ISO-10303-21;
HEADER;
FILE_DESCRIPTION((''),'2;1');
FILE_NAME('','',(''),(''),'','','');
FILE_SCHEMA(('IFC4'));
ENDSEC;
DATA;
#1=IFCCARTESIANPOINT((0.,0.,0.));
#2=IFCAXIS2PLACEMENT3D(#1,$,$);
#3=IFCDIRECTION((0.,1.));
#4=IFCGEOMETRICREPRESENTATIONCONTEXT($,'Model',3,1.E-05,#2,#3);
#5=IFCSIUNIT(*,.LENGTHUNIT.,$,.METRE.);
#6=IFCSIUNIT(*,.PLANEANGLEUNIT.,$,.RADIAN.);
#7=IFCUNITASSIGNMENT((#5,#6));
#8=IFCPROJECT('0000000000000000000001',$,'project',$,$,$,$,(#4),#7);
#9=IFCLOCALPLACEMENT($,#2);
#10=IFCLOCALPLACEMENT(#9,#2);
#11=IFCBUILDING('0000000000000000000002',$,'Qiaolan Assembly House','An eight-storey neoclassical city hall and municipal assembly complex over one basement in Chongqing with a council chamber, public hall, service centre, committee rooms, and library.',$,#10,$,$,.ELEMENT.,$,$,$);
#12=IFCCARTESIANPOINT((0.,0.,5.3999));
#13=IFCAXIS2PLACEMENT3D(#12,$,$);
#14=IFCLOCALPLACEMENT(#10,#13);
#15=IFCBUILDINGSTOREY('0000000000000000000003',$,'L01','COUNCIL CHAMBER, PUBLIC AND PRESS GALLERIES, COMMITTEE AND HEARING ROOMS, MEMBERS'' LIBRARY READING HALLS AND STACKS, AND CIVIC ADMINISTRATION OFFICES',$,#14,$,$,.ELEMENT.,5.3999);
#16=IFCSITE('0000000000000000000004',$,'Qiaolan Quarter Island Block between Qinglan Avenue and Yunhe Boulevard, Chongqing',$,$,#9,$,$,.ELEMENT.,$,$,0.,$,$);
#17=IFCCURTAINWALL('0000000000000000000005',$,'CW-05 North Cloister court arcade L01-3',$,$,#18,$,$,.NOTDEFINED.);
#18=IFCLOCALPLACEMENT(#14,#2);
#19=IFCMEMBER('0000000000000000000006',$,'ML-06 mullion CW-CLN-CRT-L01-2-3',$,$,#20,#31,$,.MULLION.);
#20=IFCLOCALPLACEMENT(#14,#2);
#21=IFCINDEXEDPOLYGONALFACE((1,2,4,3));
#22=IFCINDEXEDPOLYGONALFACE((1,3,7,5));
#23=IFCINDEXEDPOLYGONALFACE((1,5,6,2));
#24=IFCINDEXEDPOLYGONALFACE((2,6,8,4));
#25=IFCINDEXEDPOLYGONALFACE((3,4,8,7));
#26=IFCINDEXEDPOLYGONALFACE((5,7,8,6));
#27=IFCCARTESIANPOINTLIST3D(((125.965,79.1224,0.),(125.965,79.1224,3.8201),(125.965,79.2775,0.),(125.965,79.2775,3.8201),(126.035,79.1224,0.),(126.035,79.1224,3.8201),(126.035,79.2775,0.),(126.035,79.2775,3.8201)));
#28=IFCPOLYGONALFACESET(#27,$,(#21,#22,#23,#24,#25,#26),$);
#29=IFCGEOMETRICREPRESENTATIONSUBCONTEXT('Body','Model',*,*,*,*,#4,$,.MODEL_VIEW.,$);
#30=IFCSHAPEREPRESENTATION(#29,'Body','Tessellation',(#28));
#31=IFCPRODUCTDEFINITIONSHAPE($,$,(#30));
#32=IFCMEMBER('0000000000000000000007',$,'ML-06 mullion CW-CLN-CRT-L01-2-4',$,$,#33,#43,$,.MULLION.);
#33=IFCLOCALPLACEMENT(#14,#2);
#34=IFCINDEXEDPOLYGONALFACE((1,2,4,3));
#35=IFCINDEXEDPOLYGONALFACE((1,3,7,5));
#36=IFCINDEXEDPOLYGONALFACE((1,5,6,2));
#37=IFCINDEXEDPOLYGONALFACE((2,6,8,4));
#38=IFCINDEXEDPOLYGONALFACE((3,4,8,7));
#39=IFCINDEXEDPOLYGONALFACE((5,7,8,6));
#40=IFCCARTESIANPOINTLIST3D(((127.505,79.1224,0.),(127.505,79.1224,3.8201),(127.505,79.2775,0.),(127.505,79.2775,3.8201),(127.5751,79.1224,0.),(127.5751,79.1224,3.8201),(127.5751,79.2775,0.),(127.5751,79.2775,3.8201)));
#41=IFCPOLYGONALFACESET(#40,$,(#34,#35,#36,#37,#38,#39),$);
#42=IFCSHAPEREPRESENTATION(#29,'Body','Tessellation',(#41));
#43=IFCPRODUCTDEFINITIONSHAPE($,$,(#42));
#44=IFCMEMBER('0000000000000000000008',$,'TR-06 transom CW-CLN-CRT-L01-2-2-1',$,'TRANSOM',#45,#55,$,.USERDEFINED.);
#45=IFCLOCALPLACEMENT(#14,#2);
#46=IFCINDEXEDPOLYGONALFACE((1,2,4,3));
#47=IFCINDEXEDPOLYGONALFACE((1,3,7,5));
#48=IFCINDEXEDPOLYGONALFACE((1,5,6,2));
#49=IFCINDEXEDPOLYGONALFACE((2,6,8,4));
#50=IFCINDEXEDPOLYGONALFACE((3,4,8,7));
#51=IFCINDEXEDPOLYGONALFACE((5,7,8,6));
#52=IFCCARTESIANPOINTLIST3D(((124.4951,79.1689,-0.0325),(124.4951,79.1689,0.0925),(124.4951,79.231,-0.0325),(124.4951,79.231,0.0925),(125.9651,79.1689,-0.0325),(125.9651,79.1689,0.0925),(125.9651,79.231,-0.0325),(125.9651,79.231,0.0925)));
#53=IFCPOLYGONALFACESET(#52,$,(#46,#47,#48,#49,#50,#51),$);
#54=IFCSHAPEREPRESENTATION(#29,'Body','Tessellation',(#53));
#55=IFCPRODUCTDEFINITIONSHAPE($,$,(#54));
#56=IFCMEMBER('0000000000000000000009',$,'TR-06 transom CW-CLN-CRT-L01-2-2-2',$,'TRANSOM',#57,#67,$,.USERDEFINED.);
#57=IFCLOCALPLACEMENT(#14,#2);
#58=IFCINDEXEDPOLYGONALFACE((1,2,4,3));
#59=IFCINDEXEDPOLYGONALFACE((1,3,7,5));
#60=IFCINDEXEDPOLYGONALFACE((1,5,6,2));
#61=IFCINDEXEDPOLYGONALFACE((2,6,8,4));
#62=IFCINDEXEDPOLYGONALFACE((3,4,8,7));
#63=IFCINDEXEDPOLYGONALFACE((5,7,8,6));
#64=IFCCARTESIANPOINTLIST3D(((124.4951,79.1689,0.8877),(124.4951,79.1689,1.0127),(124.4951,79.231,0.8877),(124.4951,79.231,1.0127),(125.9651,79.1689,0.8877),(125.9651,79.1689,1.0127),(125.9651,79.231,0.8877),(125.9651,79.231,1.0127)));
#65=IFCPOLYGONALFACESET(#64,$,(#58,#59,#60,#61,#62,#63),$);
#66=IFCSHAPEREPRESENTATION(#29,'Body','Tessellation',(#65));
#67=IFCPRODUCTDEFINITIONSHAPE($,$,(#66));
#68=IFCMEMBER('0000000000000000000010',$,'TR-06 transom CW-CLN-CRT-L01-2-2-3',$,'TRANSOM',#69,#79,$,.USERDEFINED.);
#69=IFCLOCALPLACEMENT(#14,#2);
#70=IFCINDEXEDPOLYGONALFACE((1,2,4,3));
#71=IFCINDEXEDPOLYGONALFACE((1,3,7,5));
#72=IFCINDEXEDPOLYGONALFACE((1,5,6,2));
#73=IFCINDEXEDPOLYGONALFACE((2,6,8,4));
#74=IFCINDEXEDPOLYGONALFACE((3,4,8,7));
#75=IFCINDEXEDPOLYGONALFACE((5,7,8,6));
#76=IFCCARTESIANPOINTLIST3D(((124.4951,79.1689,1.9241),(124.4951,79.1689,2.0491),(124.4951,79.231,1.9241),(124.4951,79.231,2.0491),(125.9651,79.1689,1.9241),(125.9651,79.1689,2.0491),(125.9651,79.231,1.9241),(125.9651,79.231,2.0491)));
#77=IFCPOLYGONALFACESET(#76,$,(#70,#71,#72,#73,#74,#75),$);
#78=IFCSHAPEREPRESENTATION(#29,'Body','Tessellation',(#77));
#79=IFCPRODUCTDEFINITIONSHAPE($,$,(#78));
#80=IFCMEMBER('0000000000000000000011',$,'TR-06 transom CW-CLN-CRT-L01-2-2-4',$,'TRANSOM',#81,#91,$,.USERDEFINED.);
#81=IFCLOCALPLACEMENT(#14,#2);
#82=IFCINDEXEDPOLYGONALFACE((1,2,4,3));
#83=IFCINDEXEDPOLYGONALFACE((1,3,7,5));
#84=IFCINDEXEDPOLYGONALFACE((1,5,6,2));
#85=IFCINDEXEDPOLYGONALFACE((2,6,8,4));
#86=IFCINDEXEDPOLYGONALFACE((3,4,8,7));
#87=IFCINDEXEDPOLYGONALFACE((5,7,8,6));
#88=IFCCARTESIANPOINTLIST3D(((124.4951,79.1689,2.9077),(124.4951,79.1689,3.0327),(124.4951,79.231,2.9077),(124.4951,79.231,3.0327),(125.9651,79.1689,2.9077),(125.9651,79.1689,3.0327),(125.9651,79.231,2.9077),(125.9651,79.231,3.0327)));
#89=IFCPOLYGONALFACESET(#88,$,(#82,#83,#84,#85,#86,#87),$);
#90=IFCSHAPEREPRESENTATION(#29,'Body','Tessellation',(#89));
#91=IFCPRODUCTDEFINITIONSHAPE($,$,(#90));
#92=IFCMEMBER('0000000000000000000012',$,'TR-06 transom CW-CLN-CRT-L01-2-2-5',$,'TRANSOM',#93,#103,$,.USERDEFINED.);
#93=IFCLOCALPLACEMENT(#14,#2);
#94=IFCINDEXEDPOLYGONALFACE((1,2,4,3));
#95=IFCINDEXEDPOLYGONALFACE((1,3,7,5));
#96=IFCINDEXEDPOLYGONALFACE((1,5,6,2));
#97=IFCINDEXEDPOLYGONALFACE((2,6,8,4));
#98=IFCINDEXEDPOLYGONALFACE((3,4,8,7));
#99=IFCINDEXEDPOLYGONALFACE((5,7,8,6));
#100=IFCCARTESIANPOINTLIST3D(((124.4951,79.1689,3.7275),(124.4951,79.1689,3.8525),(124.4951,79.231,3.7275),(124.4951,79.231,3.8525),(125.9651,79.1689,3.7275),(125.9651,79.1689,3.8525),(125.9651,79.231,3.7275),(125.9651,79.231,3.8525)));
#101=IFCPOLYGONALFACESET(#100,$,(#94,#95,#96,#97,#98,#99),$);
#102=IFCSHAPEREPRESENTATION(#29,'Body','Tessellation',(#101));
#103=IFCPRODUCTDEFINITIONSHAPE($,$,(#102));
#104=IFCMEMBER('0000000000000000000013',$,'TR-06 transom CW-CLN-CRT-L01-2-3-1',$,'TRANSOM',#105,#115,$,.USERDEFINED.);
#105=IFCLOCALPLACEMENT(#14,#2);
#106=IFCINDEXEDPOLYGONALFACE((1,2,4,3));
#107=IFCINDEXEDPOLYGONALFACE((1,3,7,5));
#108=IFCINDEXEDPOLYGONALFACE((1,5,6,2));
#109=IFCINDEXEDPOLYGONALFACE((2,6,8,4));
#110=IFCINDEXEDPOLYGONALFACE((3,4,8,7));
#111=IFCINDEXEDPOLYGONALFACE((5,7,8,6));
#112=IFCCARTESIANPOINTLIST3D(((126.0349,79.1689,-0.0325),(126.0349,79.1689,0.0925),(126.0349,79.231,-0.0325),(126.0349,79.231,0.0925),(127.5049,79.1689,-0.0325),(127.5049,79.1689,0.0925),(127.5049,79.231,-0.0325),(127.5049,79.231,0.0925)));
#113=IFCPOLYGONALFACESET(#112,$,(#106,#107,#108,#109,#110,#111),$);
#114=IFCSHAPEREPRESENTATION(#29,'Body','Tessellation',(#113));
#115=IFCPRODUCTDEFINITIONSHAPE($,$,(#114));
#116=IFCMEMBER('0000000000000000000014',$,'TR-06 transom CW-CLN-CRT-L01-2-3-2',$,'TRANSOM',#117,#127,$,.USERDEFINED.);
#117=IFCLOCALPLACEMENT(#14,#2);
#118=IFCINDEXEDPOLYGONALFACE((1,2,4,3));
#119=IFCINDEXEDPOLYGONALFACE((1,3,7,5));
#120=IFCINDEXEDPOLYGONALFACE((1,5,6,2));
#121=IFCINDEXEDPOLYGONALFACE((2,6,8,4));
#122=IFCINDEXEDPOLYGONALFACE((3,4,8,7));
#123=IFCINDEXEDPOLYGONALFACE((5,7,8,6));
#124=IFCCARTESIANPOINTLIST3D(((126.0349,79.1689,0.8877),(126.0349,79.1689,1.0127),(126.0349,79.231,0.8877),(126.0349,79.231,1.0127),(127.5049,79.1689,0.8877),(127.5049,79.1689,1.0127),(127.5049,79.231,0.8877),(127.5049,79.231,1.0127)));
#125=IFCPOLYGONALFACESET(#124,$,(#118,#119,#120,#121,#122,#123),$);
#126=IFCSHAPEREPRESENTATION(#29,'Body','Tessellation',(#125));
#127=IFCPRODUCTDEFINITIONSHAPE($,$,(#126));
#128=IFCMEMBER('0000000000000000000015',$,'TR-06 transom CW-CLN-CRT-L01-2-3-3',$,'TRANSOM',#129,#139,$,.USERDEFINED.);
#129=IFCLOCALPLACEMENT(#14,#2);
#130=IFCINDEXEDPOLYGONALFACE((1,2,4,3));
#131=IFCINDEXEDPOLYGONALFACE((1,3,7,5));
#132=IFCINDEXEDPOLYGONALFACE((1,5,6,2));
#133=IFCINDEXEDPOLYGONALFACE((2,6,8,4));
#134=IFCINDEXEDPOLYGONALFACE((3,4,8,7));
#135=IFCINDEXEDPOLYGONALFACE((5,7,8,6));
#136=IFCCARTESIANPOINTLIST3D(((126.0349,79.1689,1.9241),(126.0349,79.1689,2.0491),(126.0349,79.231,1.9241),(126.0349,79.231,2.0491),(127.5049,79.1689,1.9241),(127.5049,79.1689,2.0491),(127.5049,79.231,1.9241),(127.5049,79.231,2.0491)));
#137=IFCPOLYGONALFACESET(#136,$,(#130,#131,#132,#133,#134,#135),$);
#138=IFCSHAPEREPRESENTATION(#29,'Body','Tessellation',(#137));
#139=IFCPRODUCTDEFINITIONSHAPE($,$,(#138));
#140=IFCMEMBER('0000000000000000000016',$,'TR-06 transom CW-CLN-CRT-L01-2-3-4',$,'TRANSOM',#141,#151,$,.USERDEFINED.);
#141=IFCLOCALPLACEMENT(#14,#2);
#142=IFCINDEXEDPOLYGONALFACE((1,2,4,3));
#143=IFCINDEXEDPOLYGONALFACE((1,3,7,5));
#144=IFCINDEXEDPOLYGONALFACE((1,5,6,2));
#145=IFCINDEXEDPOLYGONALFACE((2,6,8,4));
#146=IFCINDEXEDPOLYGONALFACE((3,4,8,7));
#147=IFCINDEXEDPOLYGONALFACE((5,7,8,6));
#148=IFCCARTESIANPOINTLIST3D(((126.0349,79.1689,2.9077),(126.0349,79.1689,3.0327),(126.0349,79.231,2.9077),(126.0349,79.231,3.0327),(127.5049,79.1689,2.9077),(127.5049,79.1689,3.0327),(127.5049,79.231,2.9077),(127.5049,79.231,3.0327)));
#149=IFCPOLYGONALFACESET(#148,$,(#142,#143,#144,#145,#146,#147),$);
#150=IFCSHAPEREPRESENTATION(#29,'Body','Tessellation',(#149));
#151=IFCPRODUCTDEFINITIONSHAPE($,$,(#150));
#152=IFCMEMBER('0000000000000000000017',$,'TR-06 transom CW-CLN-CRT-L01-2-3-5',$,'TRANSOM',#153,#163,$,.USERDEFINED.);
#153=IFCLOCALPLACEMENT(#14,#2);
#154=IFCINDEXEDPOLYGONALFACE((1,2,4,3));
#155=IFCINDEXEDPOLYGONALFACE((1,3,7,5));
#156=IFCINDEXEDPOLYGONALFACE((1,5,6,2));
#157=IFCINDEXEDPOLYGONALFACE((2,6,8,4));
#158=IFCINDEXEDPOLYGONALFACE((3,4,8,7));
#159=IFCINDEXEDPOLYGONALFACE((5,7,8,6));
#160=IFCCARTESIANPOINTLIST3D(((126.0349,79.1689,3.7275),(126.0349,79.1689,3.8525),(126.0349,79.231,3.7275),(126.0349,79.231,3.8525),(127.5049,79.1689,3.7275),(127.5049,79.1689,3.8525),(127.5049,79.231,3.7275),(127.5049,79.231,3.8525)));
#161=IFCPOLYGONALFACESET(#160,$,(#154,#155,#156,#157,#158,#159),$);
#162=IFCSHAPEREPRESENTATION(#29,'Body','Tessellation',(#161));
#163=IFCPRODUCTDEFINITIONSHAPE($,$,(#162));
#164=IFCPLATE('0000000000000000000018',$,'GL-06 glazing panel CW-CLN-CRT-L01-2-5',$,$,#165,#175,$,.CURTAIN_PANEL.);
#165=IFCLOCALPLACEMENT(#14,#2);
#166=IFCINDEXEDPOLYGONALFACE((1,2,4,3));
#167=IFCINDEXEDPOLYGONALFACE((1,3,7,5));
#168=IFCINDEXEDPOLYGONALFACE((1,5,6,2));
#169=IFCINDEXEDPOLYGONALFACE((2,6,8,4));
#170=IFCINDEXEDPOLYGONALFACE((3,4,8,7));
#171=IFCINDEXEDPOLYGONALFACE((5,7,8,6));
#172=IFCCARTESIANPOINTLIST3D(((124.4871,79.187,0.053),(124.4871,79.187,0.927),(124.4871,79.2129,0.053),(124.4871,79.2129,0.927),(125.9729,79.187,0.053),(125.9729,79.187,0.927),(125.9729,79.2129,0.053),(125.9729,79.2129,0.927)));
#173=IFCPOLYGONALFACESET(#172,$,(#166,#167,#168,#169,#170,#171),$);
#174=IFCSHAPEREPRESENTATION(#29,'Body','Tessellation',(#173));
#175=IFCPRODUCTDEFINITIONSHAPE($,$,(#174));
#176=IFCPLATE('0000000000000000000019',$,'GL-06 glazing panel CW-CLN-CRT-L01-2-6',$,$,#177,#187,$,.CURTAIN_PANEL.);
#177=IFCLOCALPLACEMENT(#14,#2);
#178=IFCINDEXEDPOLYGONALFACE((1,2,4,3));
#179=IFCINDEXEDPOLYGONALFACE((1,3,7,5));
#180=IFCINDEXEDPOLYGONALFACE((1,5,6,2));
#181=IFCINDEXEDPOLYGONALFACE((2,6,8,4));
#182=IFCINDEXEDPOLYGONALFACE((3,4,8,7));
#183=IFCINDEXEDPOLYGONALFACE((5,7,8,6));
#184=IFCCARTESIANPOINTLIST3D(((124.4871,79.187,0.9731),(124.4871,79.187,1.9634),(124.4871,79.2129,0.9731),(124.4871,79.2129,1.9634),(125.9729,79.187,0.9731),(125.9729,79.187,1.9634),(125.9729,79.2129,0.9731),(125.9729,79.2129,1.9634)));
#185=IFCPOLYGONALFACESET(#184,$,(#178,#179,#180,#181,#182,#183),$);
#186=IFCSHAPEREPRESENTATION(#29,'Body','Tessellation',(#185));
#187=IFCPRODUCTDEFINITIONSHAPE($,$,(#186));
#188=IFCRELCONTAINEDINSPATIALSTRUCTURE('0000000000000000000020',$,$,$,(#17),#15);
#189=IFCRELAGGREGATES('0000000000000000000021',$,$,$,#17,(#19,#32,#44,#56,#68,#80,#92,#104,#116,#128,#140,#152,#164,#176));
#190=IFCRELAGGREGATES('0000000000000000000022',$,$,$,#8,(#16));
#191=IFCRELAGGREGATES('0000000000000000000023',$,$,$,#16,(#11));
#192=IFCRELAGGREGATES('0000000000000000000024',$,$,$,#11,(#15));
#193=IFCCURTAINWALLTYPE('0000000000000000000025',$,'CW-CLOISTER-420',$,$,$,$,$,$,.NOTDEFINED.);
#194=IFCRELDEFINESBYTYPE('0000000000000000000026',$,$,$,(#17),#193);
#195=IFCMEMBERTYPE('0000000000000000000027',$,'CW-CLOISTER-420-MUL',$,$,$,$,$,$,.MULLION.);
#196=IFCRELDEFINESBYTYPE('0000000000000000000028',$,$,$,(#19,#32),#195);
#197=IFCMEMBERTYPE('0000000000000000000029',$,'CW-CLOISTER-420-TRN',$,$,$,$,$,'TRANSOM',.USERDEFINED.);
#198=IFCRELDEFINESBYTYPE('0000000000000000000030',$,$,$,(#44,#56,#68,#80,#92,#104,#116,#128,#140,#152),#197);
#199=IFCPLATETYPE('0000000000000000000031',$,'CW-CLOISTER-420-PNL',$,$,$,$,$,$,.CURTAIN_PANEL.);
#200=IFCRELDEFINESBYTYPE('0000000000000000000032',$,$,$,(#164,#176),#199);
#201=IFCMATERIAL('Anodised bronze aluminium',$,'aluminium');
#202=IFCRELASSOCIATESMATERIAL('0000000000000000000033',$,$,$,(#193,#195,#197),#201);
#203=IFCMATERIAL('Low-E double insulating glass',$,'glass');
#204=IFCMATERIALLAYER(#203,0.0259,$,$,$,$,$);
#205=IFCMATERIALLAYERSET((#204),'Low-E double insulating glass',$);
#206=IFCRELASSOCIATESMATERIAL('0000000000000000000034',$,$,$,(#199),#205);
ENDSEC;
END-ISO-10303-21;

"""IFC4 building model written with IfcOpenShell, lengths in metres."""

from ifc_helpers import new_model, si_unit, direction, frame, frame_2d, origin, origin_2d, place, context, subcontext, project, spatial, rectangle, extrude, material, layer, layer_set, material_profile, profile_set, type_object, element, aggregate, save


model = new_model("IFC4")

# Units and contexts
model_context = context("Model", 3, precision=1e-05, world=origin(), true_north=direction((0.0, 1.0)))
body_context = subcontext(model_context, "Body", "Model", "MODEL_VIEW")
ifc_project = project(units=[si_unit("LENGTHUNIT", "METRE"), si_unit("PLANEANGLEUNIT", "RADIAN")], contexts=[model_context])

# Site, building, storey
site_placement = place(None, origin())
site = spatial("IfcSite", under=ifc_project, at=site_placement, Name="Qiaolan Quarter Island Block between Qinglan Avenue and Yunhe Boulevard, Chongqing", CompositionType="ELEMENT", RefElevation=0.0)
building_placement = place(site_placement, origin())
building = spatial("IfcBuilding", under=site, at=building_placement, Name="Qiaolan Assembly House", Description="An eight-storey neoclassical city hall and municipal assembly complex over one basement in Chongqing with a council chamber, public hall, service centre, committee rooms, and library.", CompositionType="ELEMENT")
storey_placement = place(building_placement, frame((0.0, 0.0, 5.3999)))
storey = spatial("IfcBuildingStorey", under=building, at=storey_placement, Name="L01", Description="COUNCIL CHAMBER, PUBLIC AND PRESS GALLERIES, COMMITTEE AND HEARING ROOMS, MEMBERS' LIBRARY READING HALLS AND STACKS, AND CIVIC ADMINISTRATION OFFICES", CompositionType="ELEMENT", Elevation=5.3999)

# Curtain wall, members, plates
ifc_material_1 = material(Name="Anodised bronze aluminium", Category="aluminium")
curtain_wall_type = type_object("IfcCurtainWallType", Name="CW-CLOISTER-420", PredefinedType="NOTDEFINED", material=ifc_material_1)
curtain_wall_placement = place(storey_placement, origin())
curtain_wall = element("IfcCurtainWall", 1, at=curtain_wall_placement, inside=storey, type_object=curtain_wall_type, Name="CW-05 North Cloister court arcade L01-3", PredefinedType="NOTDEFINED")
ifc_material_profile_1 = material_profile(ifc_material_1, rectangle(XDim=0.0701, YDim=0.155, at=origin_2d()), Name="MUL 70x155")
ifc_profile_set_1 = profile_set([ifc_material_profile_1], Name="Anodised bronze aluminium")
member_type_1 = type_object("IfcMemberType", Name="CW-CLOISTER-420-MUL", PredefinedType="MULLION", material=ifc_profile_set_1)
member_1_placement = place(storey_placement, frame((126.0, 79.2, 0.0), z_axis=(0.0, 0.0, 1.0), x_axis=(1.0, 0.0, 0.0)))
member_1 = element("IfcMember", 2, at=member_1_placement, type_object=member_type_1, Name="ML-06 mullion CW-CLN-CRT-L01-2-3", PredefinedType="MULLION", context=body_context, shape_type="SweptSolid", body=[
    extrude(rectangle(XDim=0.0701, YDim=0.155, at=origin_2d()), origin(), (0.0, 0.0, 1.0), 3.8201),
])
member_2_placement = place(storey_placement, frame((127.54, 79.2, 0.0), z_axis=(0.0, 0.0, 1.0), x_axis=(1.0, 0.0, 0.0)))
member_2 = element("IfcMember", 3, at=member_2_placement, type_object=member_type_1, Name="ML-06 mullion CW-CLN-CRT-L01-2-4", PredefinedType="MULLION", context=body_context, shape_type="SweptSolid", body=[
    extrude(rectangle(XDim=0.0701, YDim=0.155, at=origin_2d()), origin(), (0.0, 0.0, 1.0), 3.8201),
])
ifc_material_profile_2 = material_profile(ifc_material_1, rectangle(XDim=0.062, YDim=0.125, at=origin_2d()), Name="TRN 62x125")
ifc_profile_set_2 = profile_set([ifc_material_profile_2], Name="Anodised bronze aluminium")
member_type_2 = type_object("IfcMemberType", Name="CW-CLOISTER-420-TRN", ElementType="TRANSOM", PredefinedType="USERDEFINED", material=ifc_profile_set_2)
member_3_placement = place(storey_placement, frame((124.4951, 79.2, 0.03), z_axis=(1.0, 0.0, 0.0), x_axis=(0.0, 1.0, 0.0)))
member_3 = element("IfcMember", 4, at=member_3_placement, type_object=member_type_2, Name="TR-06 transom CW-CLN-CRT-L01-2-2-1", ObjectType="TRANSOM", PredefinedType="USERDEFINED", context=body_context, shape_type="SweptSolid", body=[
    extrude(rectangle(XDim=0.062, YDim=0.125, at=origin_2d()), origin(), (0.0, 0.0, 1.0), 1.47),
])
member_4_placement = place(storey_placement, frame((124.4951, 79.2, 0.9502), z_axis=(1.0, 0.0, 0.0), x_axis=(0.0, 1.0, 0.0)))
member_4 = element("IfcMember", 5, at=member_4_placement, type_object=member_type_2, Name="TR-06 transom CW-CLN-CRT-L01-2-2-2", ObjectType="TRANSOM", PredefinedType="USERDEFINED", context=body_context, shape_type="SweptSolid", body=[
    extrude(rectangle(XDim=0.062, YDim=0.125, at=origin_2d()), origin(), (0.0, 0.0, 1.0), 1.47),
])
member_5_placement = place(storey_placement, frame((124.4951, 79.2, 1.9866), z_axis=(1.0, 0.0, 0.0), x_axis=(0.0, 1.0, 0.0)))
member_5 = element("IfcMember", 6, at=member_5_placement, type_object=member_type_2, Name="TR-06 transom CW-CLN-CRT-L01-2-2-3", ObjectType="TRANSOM", PredefinedType="USERDEFINED", context=body_context, shape_type="SweptSolid", body=[
    extrude(rectangle(XDim=0.062, YDim=0.125, at=origin_2d()), origin(), (0.0, 0.0, 1.0), 1.47),
])
member_6_placement = place(storey_placement, frame((124.4951, 79.2, 2.9702), z_axis=(1.0, 0.0, 0.0), x_axis=(0.0, 1.0, 0.0)))
member_6 = element("IfcMember", 7, at=member_6_placement, type_object=member_type_2, Name="TR-06 transom CW-CLN-CRT-L01-2-2-4", ObjectType="TRANSOM", PredefinedType="USERDEFINED", context=body_context, shape_type="SweptSolid", body=[
    extrude(rectangle(XDim=0.062, YDim=0.125, at=origin_2d()), origin(), (0.0, 0.0, 1.0), 1.47),
])
member_7_placement = place(storey_placement, frame((124.4951, 79.2, 3.79), z_axis=(1.0, 0.0, 0.0), x_axis=(0.0, 1.0, 0.0)))
member_7 = element("IfcMember", 8, at=member_7_placement, type_object=member_type_2, Name="TR-06 transom CW-CLN-CRT-L01-2-2-5", ObjectType="TRANSOM", PredefinedType="USERDEFINED", context=body_context, shape_type="SweptSolid", body=[
    extrude(rectangle(XDim=0.062, YDim=0.125, at=origin_2d()), origin(), (0.0, 0.0, 1.0), 1.47),
])
member_8_placement = place(storey_placement, frame((126.0349, 79.2, 0.03), z_axis=(1.0, 0.0, 0.0), x_axis=(0.0, 1.0, 0.0)))
member_8 = element("IfcMember", 9, at=member_8_placement, type_object=member_type_2, Name="TR-06 transom CW-CLN-CRT-L01-2-3-1", ObjectType="TRANSOM", PredefinedType="USERDEFINED", context=body_context, shape_type="SweptSolid", body=[
    extrude(rectangle(XDim=0.062, YDim=0.125, at=origin_2d()), origin(), (0.0, 0.0, 1.0), 1.47),
])
member_9_placement = place(storey_placement, frame((126.0349, 79.2, 0.9502), z_axis=(1.0, 0.0, 0.0), x_axis=(0.0, 1.0, 0.0)))
member_9 = element("IfcMember", 10, at=member_9_placement, type_object=member_type_2, Name="TR-06 transom CW-CLN-CRT-L01-2-3-2", ObjectType="TRANSOM", PredefinedType="USERDEFINED", context=body_context, shape_type="SweptSolid", body=[
    extrude(rectangle(XDim=0.062, YDim=0.125, at=origin_2d()), origin(), (0.0, 0.0, 1.0), 1.47),
])
member_10_placement = place(storey_placement, frame((126.0349, 79.2, 1.9866), z_axis=(1.0, 0.0, 0.0), x_axis=(0.0, 1.0, 0.0)))
member_10 = element("IfcMember", 11, at=member_10_placement, type_object=member_type_2, Name="TR-06 transom CW-CLN-CRT-L01-2-3-3", ObjectType="TRANSOM", PredefinedType="USERDEFINED", context=body_context, shape_type="SweptSolid", body=[
    extrude(rectangle(XDim=0.062, YDim=0.125, at=origin_2d()), origin(), (0.0, 0.0, 1.0), 1.47),
])
member_11_placement = place(storey_placement, frame((126.0349, 79.2, 2.9702), z_axis=(1.0, 0.0, 0.0), x_axis=(0.0, 1.0, 0.0)))
member_11 = element("IfcMember", 12, at=member_11_placement, type_object=member_type_2, Name="TR-06 transom CW-CLN-CRT-L01-2-3-4", ObjectType="TRANSOM", PredefinedType="USERDEFINED", context=body_context, shape_type="SweptSolid", body=[
    extrude(rectangle(XDim=0.062, YDim=0.125, at=origin_2d()), origin(), (0.0, 0.0, 1.0), 1.47),
])
member_12_placement = place(storey_placement, frame((126.0349, 79.2, 3.79), z_axis=(1.0, 0.0, 0.0), x_axis=(0.0, 1.0, 0.0)))
member_12 = element("IfcMember", 13, at=member_12_placement, type_object=member_type_2, Name="TR-06 transom CW-CLN-CRT-L01-2-3-5", ObjectType="TRANSOM", PredefinedType="USERDEFINED", context=body_context, shape_type="SweptSolid", body=[
    extrude(rectangle(XDim=0.062, YDim=0.125, at=origin_2d()), origin(), (0.0, 0.0, 1.0), 1.47),
])
ifc_material_2 = material(Name="Low-E double insulating glass", Category="glass")
ifc_layer = layer(ifc_material_2, 0.0259)
ifc_layer_set = layer_set([ifc_layer], Name="Low-E double insulating glass")
plate_type = type_object("IfcPlateType", Name="CW-CLOISTER-420-PNL", PredefinedType="CURTAIN_PANEL", material=ifc_layer_set)
plate_1_placement = place(storey_placement, frame((124.4871, 79.2, 0.053), z_axis=(0.0, 0.0, 1.0), x_axis=(1.0, 0.0, 0.0)))
plate_1 = element("IfcPlate", 14, at=plate_1_placement, type_object=plate_type, Name="GL-06 glazing panel CW-CLN-CRT-L01-2-5", PredefinedType="CURTAIN_PANEL", context=body_context, shape_type="SweptSolid", body=[
    extrude(rectangle(XDim=1.4858, YDim=0.0259, at=frame_2d((0.7429, 0.0))), origin(), (0.0, 0.0, 1.0), 0.874),
])
plate_2_placement = place(storey_placement, frame((124.4871, 79.2, 0.9731), z_axis=(0.0, 0.0, 1.0), x_axis=(1.0, 0.0, 0.0)))
plate_2 = element("IfcPlate", 15, at=plate_2_placement, type_object=plate_type, Name="GL-06 glazing panel CW-CLN-CRT-L01-2-6", PredefinedType="CURTAIN_PANEL", context=body_context, shape_type="SweptSolid", body=[
    extrude(rectangle(XDim=1.4858, YDim=0.0259, at=frame_2d((0.7429, 0.0))), origin(), (0.0, 0.0, 1.0), 0.9902),
])
aggregate(curtain_wall, [member_1, member_2, member_3, member_4, member_5, member_6, member_7, member_8, member_9, member_10, member_11, member_12, plate_1, plate_2])

save(model, "model.ifc")
